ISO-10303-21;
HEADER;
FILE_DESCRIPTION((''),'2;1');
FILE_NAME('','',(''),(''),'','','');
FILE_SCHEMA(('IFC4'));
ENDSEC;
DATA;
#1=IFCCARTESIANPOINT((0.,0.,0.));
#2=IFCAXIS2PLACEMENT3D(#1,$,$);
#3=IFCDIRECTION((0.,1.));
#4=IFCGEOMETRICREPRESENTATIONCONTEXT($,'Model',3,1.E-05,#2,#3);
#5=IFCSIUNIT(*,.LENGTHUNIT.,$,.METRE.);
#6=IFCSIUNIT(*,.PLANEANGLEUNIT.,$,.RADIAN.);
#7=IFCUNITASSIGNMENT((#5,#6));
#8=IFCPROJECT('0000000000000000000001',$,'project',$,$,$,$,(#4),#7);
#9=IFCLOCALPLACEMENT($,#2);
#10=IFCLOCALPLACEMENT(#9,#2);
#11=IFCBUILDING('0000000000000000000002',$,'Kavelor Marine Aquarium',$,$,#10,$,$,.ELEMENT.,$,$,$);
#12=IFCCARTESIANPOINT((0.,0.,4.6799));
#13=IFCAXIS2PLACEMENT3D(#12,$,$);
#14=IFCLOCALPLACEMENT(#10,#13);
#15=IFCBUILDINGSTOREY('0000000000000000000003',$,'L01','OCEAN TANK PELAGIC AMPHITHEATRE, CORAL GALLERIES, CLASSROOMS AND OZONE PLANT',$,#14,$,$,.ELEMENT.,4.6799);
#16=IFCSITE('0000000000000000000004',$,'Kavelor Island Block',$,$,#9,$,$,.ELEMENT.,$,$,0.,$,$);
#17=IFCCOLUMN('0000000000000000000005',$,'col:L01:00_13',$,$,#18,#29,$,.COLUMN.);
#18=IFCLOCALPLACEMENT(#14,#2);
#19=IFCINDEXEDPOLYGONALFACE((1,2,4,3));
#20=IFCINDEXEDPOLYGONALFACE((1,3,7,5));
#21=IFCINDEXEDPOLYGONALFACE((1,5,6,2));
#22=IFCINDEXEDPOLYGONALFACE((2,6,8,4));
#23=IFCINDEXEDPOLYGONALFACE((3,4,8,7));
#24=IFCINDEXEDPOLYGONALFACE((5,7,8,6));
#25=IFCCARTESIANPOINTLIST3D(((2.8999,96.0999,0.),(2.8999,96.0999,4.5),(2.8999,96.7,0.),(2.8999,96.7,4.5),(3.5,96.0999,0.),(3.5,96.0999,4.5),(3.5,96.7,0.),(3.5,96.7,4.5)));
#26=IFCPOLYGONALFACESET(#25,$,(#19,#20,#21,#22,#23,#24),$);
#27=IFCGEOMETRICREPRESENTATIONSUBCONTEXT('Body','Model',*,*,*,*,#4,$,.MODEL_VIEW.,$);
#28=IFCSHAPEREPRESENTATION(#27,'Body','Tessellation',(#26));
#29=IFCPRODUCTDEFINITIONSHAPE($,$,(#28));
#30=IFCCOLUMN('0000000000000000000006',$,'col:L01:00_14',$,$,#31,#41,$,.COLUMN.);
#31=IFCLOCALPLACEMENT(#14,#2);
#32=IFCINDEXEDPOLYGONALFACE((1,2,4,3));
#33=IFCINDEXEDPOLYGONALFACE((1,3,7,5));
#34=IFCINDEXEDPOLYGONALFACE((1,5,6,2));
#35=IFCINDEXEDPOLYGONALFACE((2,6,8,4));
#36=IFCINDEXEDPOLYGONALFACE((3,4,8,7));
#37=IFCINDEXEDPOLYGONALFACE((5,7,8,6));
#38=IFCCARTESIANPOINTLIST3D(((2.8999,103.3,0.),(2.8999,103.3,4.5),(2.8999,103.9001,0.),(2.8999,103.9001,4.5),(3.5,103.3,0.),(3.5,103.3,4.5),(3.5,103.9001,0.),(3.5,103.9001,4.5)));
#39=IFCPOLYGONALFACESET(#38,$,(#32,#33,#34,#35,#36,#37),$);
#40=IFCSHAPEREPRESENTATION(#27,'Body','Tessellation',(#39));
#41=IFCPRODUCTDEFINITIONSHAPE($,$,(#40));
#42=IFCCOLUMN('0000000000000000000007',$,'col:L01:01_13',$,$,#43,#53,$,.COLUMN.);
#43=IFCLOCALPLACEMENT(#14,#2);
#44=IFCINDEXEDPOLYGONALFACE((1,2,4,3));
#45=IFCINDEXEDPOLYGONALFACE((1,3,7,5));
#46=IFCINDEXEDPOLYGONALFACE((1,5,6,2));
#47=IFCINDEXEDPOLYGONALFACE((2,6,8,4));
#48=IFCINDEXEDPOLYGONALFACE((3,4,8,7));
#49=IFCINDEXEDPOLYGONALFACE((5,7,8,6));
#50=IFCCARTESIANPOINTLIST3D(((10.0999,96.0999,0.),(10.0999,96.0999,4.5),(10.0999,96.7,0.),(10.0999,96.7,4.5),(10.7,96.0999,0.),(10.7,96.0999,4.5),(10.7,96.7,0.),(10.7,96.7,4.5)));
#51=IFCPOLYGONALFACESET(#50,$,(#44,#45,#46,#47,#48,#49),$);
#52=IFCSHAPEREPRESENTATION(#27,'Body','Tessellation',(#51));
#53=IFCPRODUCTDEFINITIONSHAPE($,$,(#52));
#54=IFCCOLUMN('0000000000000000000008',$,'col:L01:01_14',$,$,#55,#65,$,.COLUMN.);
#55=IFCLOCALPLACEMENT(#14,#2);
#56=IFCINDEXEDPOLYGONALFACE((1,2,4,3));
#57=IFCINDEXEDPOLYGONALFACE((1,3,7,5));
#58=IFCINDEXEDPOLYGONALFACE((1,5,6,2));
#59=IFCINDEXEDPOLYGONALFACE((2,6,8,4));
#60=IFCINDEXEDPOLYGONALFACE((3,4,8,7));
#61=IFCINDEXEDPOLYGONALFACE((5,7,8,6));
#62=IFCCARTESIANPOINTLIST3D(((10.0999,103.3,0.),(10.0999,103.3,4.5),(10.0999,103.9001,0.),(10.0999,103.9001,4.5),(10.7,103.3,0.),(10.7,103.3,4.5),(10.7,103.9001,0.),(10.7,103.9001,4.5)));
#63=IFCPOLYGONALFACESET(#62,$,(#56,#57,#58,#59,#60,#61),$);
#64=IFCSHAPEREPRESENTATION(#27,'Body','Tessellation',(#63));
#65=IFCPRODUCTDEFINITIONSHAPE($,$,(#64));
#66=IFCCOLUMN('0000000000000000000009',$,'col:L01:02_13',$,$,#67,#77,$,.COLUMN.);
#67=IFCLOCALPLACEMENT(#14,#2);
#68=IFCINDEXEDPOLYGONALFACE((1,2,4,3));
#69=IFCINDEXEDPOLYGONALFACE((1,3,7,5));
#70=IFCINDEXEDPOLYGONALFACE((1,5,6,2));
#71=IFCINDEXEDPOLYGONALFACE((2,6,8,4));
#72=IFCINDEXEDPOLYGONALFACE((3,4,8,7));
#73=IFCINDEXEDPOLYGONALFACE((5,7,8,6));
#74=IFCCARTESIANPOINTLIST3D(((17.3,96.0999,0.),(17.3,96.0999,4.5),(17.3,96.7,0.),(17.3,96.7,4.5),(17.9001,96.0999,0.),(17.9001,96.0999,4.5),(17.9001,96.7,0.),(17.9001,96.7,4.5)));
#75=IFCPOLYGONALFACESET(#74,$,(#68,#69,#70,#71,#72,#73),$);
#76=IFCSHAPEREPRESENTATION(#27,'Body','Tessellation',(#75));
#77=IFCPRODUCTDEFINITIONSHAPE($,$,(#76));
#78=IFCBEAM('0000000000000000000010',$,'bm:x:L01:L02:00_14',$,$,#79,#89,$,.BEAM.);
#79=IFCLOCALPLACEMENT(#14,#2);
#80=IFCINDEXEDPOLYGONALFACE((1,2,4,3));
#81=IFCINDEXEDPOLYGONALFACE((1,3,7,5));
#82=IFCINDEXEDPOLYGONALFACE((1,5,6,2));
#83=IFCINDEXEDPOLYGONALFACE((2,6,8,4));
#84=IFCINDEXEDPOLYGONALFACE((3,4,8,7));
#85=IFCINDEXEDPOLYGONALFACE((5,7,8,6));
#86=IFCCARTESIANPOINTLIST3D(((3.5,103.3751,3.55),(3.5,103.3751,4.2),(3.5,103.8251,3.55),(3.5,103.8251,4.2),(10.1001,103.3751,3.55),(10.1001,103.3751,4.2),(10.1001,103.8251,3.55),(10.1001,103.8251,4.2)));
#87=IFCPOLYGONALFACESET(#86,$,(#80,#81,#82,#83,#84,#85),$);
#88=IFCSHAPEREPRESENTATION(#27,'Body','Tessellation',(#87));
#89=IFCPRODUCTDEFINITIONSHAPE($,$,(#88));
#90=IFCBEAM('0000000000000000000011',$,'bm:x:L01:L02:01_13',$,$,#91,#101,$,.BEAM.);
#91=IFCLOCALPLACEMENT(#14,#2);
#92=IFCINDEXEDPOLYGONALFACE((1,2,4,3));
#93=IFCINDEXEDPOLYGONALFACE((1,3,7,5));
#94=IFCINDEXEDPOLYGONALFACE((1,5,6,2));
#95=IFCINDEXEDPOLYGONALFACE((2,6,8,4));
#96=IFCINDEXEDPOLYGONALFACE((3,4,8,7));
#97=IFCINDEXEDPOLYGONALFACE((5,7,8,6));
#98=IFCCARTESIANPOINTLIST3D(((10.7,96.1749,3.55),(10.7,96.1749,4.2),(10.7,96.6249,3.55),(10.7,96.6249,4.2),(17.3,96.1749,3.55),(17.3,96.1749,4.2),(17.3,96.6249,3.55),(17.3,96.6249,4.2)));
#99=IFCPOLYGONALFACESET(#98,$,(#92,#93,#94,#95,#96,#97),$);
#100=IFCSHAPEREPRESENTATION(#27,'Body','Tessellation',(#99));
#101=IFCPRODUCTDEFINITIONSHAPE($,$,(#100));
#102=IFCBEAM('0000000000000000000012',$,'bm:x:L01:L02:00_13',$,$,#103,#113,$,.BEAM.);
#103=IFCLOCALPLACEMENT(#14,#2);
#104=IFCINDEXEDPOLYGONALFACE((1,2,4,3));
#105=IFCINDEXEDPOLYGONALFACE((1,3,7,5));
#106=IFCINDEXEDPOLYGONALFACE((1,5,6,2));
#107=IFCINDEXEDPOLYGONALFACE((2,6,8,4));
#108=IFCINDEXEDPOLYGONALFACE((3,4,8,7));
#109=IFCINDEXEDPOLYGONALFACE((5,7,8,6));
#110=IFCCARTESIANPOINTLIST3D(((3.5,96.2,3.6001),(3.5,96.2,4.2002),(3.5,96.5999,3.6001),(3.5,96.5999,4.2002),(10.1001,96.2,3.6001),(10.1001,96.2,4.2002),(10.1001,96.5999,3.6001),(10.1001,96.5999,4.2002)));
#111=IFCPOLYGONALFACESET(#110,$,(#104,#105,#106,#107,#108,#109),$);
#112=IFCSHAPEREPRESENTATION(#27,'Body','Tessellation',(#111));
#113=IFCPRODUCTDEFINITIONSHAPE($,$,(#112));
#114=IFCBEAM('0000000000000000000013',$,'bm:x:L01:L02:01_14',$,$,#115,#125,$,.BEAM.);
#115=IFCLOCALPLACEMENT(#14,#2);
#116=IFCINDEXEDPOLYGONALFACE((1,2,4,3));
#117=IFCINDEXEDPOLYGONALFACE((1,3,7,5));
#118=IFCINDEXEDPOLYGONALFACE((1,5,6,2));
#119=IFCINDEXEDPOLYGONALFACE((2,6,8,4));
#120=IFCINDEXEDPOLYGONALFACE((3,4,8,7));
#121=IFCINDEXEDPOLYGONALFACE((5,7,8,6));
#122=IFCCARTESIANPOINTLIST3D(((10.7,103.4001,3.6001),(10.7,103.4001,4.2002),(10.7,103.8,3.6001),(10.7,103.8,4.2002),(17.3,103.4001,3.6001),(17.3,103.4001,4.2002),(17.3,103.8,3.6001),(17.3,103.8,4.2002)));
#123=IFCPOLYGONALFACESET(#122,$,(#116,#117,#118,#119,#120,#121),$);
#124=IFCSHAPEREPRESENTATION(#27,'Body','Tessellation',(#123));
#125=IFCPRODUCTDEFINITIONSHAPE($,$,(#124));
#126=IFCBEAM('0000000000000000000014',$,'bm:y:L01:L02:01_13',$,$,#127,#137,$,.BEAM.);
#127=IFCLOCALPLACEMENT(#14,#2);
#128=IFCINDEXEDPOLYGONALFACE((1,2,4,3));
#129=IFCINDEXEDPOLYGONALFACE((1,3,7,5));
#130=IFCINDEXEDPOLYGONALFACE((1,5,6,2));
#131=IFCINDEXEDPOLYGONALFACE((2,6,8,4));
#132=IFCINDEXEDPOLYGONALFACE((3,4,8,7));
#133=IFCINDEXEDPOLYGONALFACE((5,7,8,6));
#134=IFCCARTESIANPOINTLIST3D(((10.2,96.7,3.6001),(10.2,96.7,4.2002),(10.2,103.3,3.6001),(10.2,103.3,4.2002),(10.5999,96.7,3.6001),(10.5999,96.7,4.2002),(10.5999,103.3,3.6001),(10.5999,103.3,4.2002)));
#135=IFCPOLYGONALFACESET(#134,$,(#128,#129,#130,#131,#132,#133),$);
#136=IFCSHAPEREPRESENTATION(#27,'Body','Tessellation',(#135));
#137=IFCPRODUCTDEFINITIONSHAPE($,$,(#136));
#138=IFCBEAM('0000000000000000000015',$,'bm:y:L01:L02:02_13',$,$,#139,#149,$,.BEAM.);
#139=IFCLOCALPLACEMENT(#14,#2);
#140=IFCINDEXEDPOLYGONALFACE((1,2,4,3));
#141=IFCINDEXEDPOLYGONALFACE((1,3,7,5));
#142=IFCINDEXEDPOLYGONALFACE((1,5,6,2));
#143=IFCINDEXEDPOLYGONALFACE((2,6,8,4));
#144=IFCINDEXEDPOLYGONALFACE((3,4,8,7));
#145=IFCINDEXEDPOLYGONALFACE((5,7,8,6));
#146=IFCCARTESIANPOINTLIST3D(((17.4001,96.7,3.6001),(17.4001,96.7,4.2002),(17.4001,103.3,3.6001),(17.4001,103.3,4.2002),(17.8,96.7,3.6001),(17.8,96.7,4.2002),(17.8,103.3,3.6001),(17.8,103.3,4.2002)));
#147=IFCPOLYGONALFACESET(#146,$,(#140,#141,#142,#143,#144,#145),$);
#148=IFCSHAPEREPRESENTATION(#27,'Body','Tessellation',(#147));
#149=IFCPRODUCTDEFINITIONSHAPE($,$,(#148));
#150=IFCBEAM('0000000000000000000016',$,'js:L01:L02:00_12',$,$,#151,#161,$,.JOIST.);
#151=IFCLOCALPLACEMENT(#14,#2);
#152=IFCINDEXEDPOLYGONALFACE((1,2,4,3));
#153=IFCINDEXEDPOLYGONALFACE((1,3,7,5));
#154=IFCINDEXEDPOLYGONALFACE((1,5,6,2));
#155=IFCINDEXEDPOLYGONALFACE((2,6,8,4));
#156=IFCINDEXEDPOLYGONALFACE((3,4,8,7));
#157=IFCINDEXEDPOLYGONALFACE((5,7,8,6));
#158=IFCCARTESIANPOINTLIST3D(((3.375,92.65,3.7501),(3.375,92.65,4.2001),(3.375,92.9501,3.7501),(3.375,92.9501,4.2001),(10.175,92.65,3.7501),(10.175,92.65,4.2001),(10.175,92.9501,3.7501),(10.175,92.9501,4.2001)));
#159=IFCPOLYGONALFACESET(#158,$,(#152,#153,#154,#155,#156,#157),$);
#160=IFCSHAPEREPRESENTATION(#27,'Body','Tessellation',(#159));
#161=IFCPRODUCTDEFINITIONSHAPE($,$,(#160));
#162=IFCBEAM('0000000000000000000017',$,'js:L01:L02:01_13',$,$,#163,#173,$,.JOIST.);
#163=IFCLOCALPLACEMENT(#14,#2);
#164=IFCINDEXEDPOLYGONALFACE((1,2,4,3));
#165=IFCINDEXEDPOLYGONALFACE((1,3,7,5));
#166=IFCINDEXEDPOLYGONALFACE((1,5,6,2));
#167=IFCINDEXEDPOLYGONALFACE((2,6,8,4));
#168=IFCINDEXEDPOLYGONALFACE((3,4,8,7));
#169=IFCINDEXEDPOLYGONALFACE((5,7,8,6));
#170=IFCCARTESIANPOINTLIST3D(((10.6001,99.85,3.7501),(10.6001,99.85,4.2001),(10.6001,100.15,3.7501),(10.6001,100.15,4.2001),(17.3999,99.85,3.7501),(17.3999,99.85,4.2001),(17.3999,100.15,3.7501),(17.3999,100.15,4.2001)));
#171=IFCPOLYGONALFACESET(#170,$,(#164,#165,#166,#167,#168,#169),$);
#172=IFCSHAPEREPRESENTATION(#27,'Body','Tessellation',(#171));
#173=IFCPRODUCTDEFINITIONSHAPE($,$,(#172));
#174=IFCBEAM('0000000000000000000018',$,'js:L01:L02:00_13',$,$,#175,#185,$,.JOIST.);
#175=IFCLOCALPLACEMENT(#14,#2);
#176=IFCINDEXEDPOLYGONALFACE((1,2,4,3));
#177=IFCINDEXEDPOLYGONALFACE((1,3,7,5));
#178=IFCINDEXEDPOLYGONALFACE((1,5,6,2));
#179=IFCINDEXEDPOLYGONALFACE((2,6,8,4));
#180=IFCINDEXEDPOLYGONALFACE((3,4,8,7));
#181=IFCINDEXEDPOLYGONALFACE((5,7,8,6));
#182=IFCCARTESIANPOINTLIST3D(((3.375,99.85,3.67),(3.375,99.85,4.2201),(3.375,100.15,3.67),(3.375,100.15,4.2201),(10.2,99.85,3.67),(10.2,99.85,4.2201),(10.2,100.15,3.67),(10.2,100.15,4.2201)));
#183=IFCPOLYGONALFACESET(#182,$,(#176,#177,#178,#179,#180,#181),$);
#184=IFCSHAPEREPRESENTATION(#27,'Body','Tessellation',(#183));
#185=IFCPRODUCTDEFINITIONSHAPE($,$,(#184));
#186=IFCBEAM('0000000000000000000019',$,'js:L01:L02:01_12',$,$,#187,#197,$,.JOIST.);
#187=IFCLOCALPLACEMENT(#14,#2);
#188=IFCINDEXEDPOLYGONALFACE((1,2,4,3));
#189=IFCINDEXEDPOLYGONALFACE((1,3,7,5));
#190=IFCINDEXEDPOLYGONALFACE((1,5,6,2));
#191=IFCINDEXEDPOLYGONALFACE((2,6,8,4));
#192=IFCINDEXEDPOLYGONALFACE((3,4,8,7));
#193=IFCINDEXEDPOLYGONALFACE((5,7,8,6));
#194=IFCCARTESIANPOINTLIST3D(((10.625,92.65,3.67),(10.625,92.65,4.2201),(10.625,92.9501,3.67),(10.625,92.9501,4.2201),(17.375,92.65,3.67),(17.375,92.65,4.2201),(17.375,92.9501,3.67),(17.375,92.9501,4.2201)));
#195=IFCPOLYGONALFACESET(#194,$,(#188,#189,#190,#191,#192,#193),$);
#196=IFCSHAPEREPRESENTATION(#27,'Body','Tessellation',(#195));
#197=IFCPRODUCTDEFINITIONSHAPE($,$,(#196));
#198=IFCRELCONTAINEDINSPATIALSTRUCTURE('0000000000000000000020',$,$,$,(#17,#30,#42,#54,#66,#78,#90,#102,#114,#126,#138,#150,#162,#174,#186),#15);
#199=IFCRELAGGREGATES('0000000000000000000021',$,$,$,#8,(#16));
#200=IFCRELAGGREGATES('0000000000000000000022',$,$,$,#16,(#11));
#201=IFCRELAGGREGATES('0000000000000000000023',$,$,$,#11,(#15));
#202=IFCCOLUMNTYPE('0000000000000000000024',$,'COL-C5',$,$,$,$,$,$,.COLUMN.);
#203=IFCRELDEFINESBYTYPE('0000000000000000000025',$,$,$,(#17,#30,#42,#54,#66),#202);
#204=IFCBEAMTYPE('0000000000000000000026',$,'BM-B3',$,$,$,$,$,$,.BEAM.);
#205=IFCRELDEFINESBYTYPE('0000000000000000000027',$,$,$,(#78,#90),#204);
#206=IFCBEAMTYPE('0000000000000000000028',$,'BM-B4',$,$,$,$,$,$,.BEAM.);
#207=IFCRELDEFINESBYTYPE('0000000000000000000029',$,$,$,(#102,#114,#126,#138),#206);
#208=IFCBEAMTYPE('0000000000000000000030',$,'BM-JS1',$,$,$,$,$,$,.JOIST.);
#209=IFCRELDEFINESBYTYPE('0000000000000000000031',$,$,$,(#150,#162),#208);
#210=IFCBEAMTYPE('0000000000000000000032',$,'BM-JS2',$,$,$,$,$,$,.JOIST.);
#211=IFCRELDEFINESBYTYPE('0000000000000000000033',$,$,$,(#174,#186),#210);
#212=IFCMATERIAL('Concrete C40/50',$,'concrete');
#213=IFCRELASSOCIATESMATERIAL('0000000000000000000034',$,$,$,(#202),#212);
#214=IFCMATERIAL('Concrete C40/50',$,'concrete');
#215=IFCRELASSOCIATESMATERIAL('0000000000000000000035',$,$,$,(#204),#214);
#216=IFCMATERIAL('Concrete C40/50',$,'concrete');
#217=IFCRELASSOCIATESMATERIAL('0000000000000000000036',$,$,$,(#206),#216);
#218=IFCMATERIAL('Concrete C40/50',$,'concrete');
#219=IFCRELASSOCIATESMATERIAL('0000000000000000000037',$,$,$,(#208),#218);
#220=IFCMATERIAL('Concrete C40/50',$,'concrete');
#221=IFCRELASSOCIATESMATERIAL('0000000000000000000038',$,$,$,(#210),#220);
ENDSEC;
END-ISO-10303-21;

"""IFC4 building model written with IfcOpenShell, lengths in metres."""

from ifc_helpers import new_model, si_unit, direction, frame, origin, origin_2d, place, context, subcontext, project, spatial, rectangle, extrude, material, material_profile, profile_set, type_object, element, save


model = new_model("IFC4")

# Units and contexts
model_context = context("Model", 3, precision=1e-05, world=origin(), true_north=direction((0.0, 1.0)))
body_context = subcontext(model_context, "Body", "Model", "MODEL_VIEW")
ifc_project = project(units=[si_unit("LENGTHUNIT", "METRE"), si_unit("PLANEANGLEUNIT", "RADIAN")], contexts=[model_context])

# Site, building, storey
site_placement = place(None, origin())
site = spatial("IfcSite", under=ifc_project, at=site_placement, Name="Kavelor Island Block", CompositionType="ELEMENT", RefElevation=0.0)
building_placement = place(site_placement, origin())
building = spatial("IfcBuilding", under=site, at=building_placement, Name="Kavelor Marine Aquarium", CompositionType="ELEMENT")
storey_placement = place(building_placement, frame((0.0, 0.0, 4.6799)))
storey = spatial("IfcBuildingStorey", under=building, at=storey_placement, Name="L01", Description="OCEAN TANK PELAGIC AMPHITHEATRE, CORAL GALLERIES, CLASSROOMS AND OZONE PLANT", CompositionType="ELEMENT", Elevation=4.6799)

# Columns
ifc_material_1 = material(Name="Concrete C40/50", Category="concrete")
ifc_material_profile_1 = material_profile(ifc_material_1, rectangle(XDim=0.6001, YDim=0.6001, at=origin_2d()), Name="RC-COL 600x600")
ifc_profile_set_1 = profile_set([ifc_material_profile_1], Name="Concrete C40/50")
column_type = type_object("IfcColumnType", Name="COL-C5", PredefinedType="COLUMN", material=ifc_profile_set_1)
for number, where, z_axis, x_axis, name in (
    (1, (3.2, 96.3999, 0.0), (0.0, 0.0, 1.0), (1.0, 0.0, 0.0), "col:L01:00_13"),
    (2, (3.2, 103.6001, 0.0), (0.0, 0.0, 1.0), (1.0, 0.0, 0.0), "col:L01:00_14"),
    (3, (10.3999, 96.3999, 0.0), (0.0, 0.0, 1.0), (1.0, 0.0, 0.0), "col:L01:01_13"),
    (4, (10.3999, 103.6001, 0.0), (0.0, 0.0, 1.0), (1.0, 0.0, 0.0), "col:L01:01_14"),
    (5, (17.6001, 96.3999, 0.0), (0.0, 0.0, 1.0), (1.0, 0.0, 0.0), "col:L01:02_13"),
):
    element("IfcColumn", number, at=place(storey_placement, frame(where, z_axis=z_axis, x_axis=x_axis)), inside=storey, type_object=column_type, Name=name, PredefinedType="COLUMN", context=body_context, shape_type="SweptSolid", body=[
        extrude(rectangle(XDim=0.6001, YDim=0.6001, at=origin_2d()), origin(), (0.0, 0.0, 1.0), 4.5),
    ])

# Beams
ifc_material_2 = material(Name="Concrete C40/50", Category="concrete")
ifc_material_profile_2 = material_profile(ifc_material_2, rectangle(XDim=0.45, YDim=0.6499, at=origin_2d()), Name="RC-BM 450x650")
ifc_profile_set_2 = profile_set([ifc_material_profile_2], Name="Concrete C40/50")
beam_type_1 = type_object("IfcBeamType", Name="BM-B3", PredefinedType="BEAM", material=ifc_profile_set_2)
for number, where, z_axis, x_axis, name in (
    (6, (3.5, 103.6001, 3.875), (1.0, 0.0, 0.0), (0.0, 1.0, 0.0), "bm:x:L01:L02:00_14"),
    (7, (10.7, 96.3999, 3.875), (1.0, 0.0, 0.0), (0.0, 1.0, 0.0), "bm:x:L01:L02:01_13"),
):
    element("IfcBeam", number, at=place(storey_placement, frame(where, z_axis=z_axis, x_axis=x_axis)), inside=storey, type_object=beam_type_1, Name=name, PredefinedType="BEAM", context=body_context, shape_type="SweptSolid", body=[
        extrude(rectangle(XDim=0.45, YDim=0.6499, at=origin_2d()), origin(), (0.0, 0.0, 1.0), 6.6001),
    ])
ifc_material_3 = material(Name="Concrete C40/50", Category="concrete")
ifc_material_profile_3 = material_profile(ifc_material_3, rectangle(XDim=0.3999, YDim=0.6001, at=origin_2d()), Name="RC-BM 400x600")
ifc_profile_set_3 = profile_set([ifc_material_profile_3], Name="Concrete C40/50")
beam_type_2 = type_object("IfcBeamType", Name="BM-B4", PredefinedType="BEAM", material=ifc_profile_set_3)
for number, where, z_axis, x_axis, name in (
    (8, (3.5, 96.3999, 3.9001), (1.0, 0.0, 0.0), (0.0, 1.0, 0.0), "bm:x:L01:L02:00_13"),
    (9, (10.7, 103.6001, 3.9001), (1.0, 0.0, 0.0), (0.0, 1.0, 0.0), "bm:x:L01:L02:01_14"),
    (10, (10.3999, 96.7, 3.9001), (0.0, 1.0, 0.0), (-1.0, 0.0, 0.0), "bm:y:L01:L02:01_13"),
    (11, (17.6001, 96.7, 3.9001), (0.0, 1.0, 0.0), (-1.0, 0.0, 0.0), "bm:y:L01:L02:02_13"),
):
    element("IfcBeam", number, at=place(storey_placement, frame(where, z_axis=z_axis, x_axis=x_axis)), inside=storey, type_object=beam_type_2, Name=name, PredefinedType="BEAM", context=body_context, shape_type="SweptSolid", body=[
        extrude(rectangle(XDim=0.3999, YDim=0.6001, at=origin_2d()), origin(), (0.0, 0.0, 1.0), 6.6001),
    ])
ifc_material_4 = material(Name="Concrete C40/50", Category="concrete")
ifc_material_profile_4 = material_profile(ifc_material_4, rectangle(XDim=0.3, YDim=0.45, at=origin_2d()), Name="RC-JS 300x450")
ifc_profile_set_4 = profile_set([ifc_material_profile_4], Name="Concrete C40/50")
beam_type_3 = type_object("IfcBeamType", Name="BM-JS1", PredefinedType="JOIST", material=ifc_profile_set_4)
beam_1_placement = place(storey_placement, frame((3.375, 92.8, 3.9751), z_axis=(1.0, 0.0, 0.0), x_axis=(0.0, 1.0, 0.0)))
element("IfcBeam", 12, at=beam_1_placement, inside=storey, type_object=beam_type_3, Name="js:L01:L02:00_12", PredefinedType="JOIST", context=body_context, shape_type="SweptSolid", body=[
    extrude(rectangle(XDim=0.3, YDim=0.45, at=origin_2d()), origin(), (0.0, 0.0, 1.0), 6.8),
])
beam_2_placement = place(storey_placement, frame((10.6001, 100.0, 3.9751), z_axis=(1.0, 0.0, 0.0), x_axis=(0.0, 1.0, 0.0)))
element("IfcBeam", 13, at=beam_2_placement, inside=storey, type_object=beam_type_3, Name="js:L01:L02:01_13", PredefinedType="JOIST", context=body_context, shape_type="SweptSolid", body=[
    extrude(rectangle(XDim=0.3, YDim=0.45, at=origin_2d()), origin(), (0.0, 0.0, 1.0), 6.7998),
])
ifc_material_5 = material(Name="Concrete C40/50", Category="concrete")
ifc_material_profile_5 = material_profile(ifc_material_5, rectangle(XDim=0.3, YDim=0.55, at=origin_2d()), Name="RC-JS 300x550")
ifc_profile_set_5 = profile_set([ifc_material_profile_5], Name="Concrete C40/50")
beam_type_4 = type_object("IfcBeamType", Name="BM-JS2", PredefinedType="JOIST", material=ifc_profile_set_5)
beam_3_placement = place(storey_placement, frame((3.375, 100.0, 3.9451), z_axis=(1.0, 0.0, 0.0), x_axis=(0.0, 1.0, 0.0)))
element("IfcBeam", 14, at=beam_3_placement, inside=storey, type_object=beam_type_4, Name="js:L01:L02:00_13", PredefinedType="JOIST", context=body_context, shape_type="SweptSolid", body=[
    extrude(rectangle(XDim=0.3, YDim=0.55, at=origin_2d()), origin(), (0.0, 0.0, 1.0), 6.825),
])
beam_4_placement = place(storey_placement, frame((10.625, 92.8, 3.9451), z_axis=(1.0, 0.0, 0.0), x_axis=(0.0, 1.0, 0.0)))
element("IfcBeam", 15, at=beam_4_placement, inside=storey, type_object=beam_type_4, Name="js:L01:L02:01_12", PredefinedType="JOIST", context=body_context, shape_type="SweptSolid", body=[
    extrude(rectangle(XDim=0.3, YDim=0.55, at=origin_2d()), origin(), (0.0, 0.0, 1.0), 6.75),
])

save(model, "model.ifc")
